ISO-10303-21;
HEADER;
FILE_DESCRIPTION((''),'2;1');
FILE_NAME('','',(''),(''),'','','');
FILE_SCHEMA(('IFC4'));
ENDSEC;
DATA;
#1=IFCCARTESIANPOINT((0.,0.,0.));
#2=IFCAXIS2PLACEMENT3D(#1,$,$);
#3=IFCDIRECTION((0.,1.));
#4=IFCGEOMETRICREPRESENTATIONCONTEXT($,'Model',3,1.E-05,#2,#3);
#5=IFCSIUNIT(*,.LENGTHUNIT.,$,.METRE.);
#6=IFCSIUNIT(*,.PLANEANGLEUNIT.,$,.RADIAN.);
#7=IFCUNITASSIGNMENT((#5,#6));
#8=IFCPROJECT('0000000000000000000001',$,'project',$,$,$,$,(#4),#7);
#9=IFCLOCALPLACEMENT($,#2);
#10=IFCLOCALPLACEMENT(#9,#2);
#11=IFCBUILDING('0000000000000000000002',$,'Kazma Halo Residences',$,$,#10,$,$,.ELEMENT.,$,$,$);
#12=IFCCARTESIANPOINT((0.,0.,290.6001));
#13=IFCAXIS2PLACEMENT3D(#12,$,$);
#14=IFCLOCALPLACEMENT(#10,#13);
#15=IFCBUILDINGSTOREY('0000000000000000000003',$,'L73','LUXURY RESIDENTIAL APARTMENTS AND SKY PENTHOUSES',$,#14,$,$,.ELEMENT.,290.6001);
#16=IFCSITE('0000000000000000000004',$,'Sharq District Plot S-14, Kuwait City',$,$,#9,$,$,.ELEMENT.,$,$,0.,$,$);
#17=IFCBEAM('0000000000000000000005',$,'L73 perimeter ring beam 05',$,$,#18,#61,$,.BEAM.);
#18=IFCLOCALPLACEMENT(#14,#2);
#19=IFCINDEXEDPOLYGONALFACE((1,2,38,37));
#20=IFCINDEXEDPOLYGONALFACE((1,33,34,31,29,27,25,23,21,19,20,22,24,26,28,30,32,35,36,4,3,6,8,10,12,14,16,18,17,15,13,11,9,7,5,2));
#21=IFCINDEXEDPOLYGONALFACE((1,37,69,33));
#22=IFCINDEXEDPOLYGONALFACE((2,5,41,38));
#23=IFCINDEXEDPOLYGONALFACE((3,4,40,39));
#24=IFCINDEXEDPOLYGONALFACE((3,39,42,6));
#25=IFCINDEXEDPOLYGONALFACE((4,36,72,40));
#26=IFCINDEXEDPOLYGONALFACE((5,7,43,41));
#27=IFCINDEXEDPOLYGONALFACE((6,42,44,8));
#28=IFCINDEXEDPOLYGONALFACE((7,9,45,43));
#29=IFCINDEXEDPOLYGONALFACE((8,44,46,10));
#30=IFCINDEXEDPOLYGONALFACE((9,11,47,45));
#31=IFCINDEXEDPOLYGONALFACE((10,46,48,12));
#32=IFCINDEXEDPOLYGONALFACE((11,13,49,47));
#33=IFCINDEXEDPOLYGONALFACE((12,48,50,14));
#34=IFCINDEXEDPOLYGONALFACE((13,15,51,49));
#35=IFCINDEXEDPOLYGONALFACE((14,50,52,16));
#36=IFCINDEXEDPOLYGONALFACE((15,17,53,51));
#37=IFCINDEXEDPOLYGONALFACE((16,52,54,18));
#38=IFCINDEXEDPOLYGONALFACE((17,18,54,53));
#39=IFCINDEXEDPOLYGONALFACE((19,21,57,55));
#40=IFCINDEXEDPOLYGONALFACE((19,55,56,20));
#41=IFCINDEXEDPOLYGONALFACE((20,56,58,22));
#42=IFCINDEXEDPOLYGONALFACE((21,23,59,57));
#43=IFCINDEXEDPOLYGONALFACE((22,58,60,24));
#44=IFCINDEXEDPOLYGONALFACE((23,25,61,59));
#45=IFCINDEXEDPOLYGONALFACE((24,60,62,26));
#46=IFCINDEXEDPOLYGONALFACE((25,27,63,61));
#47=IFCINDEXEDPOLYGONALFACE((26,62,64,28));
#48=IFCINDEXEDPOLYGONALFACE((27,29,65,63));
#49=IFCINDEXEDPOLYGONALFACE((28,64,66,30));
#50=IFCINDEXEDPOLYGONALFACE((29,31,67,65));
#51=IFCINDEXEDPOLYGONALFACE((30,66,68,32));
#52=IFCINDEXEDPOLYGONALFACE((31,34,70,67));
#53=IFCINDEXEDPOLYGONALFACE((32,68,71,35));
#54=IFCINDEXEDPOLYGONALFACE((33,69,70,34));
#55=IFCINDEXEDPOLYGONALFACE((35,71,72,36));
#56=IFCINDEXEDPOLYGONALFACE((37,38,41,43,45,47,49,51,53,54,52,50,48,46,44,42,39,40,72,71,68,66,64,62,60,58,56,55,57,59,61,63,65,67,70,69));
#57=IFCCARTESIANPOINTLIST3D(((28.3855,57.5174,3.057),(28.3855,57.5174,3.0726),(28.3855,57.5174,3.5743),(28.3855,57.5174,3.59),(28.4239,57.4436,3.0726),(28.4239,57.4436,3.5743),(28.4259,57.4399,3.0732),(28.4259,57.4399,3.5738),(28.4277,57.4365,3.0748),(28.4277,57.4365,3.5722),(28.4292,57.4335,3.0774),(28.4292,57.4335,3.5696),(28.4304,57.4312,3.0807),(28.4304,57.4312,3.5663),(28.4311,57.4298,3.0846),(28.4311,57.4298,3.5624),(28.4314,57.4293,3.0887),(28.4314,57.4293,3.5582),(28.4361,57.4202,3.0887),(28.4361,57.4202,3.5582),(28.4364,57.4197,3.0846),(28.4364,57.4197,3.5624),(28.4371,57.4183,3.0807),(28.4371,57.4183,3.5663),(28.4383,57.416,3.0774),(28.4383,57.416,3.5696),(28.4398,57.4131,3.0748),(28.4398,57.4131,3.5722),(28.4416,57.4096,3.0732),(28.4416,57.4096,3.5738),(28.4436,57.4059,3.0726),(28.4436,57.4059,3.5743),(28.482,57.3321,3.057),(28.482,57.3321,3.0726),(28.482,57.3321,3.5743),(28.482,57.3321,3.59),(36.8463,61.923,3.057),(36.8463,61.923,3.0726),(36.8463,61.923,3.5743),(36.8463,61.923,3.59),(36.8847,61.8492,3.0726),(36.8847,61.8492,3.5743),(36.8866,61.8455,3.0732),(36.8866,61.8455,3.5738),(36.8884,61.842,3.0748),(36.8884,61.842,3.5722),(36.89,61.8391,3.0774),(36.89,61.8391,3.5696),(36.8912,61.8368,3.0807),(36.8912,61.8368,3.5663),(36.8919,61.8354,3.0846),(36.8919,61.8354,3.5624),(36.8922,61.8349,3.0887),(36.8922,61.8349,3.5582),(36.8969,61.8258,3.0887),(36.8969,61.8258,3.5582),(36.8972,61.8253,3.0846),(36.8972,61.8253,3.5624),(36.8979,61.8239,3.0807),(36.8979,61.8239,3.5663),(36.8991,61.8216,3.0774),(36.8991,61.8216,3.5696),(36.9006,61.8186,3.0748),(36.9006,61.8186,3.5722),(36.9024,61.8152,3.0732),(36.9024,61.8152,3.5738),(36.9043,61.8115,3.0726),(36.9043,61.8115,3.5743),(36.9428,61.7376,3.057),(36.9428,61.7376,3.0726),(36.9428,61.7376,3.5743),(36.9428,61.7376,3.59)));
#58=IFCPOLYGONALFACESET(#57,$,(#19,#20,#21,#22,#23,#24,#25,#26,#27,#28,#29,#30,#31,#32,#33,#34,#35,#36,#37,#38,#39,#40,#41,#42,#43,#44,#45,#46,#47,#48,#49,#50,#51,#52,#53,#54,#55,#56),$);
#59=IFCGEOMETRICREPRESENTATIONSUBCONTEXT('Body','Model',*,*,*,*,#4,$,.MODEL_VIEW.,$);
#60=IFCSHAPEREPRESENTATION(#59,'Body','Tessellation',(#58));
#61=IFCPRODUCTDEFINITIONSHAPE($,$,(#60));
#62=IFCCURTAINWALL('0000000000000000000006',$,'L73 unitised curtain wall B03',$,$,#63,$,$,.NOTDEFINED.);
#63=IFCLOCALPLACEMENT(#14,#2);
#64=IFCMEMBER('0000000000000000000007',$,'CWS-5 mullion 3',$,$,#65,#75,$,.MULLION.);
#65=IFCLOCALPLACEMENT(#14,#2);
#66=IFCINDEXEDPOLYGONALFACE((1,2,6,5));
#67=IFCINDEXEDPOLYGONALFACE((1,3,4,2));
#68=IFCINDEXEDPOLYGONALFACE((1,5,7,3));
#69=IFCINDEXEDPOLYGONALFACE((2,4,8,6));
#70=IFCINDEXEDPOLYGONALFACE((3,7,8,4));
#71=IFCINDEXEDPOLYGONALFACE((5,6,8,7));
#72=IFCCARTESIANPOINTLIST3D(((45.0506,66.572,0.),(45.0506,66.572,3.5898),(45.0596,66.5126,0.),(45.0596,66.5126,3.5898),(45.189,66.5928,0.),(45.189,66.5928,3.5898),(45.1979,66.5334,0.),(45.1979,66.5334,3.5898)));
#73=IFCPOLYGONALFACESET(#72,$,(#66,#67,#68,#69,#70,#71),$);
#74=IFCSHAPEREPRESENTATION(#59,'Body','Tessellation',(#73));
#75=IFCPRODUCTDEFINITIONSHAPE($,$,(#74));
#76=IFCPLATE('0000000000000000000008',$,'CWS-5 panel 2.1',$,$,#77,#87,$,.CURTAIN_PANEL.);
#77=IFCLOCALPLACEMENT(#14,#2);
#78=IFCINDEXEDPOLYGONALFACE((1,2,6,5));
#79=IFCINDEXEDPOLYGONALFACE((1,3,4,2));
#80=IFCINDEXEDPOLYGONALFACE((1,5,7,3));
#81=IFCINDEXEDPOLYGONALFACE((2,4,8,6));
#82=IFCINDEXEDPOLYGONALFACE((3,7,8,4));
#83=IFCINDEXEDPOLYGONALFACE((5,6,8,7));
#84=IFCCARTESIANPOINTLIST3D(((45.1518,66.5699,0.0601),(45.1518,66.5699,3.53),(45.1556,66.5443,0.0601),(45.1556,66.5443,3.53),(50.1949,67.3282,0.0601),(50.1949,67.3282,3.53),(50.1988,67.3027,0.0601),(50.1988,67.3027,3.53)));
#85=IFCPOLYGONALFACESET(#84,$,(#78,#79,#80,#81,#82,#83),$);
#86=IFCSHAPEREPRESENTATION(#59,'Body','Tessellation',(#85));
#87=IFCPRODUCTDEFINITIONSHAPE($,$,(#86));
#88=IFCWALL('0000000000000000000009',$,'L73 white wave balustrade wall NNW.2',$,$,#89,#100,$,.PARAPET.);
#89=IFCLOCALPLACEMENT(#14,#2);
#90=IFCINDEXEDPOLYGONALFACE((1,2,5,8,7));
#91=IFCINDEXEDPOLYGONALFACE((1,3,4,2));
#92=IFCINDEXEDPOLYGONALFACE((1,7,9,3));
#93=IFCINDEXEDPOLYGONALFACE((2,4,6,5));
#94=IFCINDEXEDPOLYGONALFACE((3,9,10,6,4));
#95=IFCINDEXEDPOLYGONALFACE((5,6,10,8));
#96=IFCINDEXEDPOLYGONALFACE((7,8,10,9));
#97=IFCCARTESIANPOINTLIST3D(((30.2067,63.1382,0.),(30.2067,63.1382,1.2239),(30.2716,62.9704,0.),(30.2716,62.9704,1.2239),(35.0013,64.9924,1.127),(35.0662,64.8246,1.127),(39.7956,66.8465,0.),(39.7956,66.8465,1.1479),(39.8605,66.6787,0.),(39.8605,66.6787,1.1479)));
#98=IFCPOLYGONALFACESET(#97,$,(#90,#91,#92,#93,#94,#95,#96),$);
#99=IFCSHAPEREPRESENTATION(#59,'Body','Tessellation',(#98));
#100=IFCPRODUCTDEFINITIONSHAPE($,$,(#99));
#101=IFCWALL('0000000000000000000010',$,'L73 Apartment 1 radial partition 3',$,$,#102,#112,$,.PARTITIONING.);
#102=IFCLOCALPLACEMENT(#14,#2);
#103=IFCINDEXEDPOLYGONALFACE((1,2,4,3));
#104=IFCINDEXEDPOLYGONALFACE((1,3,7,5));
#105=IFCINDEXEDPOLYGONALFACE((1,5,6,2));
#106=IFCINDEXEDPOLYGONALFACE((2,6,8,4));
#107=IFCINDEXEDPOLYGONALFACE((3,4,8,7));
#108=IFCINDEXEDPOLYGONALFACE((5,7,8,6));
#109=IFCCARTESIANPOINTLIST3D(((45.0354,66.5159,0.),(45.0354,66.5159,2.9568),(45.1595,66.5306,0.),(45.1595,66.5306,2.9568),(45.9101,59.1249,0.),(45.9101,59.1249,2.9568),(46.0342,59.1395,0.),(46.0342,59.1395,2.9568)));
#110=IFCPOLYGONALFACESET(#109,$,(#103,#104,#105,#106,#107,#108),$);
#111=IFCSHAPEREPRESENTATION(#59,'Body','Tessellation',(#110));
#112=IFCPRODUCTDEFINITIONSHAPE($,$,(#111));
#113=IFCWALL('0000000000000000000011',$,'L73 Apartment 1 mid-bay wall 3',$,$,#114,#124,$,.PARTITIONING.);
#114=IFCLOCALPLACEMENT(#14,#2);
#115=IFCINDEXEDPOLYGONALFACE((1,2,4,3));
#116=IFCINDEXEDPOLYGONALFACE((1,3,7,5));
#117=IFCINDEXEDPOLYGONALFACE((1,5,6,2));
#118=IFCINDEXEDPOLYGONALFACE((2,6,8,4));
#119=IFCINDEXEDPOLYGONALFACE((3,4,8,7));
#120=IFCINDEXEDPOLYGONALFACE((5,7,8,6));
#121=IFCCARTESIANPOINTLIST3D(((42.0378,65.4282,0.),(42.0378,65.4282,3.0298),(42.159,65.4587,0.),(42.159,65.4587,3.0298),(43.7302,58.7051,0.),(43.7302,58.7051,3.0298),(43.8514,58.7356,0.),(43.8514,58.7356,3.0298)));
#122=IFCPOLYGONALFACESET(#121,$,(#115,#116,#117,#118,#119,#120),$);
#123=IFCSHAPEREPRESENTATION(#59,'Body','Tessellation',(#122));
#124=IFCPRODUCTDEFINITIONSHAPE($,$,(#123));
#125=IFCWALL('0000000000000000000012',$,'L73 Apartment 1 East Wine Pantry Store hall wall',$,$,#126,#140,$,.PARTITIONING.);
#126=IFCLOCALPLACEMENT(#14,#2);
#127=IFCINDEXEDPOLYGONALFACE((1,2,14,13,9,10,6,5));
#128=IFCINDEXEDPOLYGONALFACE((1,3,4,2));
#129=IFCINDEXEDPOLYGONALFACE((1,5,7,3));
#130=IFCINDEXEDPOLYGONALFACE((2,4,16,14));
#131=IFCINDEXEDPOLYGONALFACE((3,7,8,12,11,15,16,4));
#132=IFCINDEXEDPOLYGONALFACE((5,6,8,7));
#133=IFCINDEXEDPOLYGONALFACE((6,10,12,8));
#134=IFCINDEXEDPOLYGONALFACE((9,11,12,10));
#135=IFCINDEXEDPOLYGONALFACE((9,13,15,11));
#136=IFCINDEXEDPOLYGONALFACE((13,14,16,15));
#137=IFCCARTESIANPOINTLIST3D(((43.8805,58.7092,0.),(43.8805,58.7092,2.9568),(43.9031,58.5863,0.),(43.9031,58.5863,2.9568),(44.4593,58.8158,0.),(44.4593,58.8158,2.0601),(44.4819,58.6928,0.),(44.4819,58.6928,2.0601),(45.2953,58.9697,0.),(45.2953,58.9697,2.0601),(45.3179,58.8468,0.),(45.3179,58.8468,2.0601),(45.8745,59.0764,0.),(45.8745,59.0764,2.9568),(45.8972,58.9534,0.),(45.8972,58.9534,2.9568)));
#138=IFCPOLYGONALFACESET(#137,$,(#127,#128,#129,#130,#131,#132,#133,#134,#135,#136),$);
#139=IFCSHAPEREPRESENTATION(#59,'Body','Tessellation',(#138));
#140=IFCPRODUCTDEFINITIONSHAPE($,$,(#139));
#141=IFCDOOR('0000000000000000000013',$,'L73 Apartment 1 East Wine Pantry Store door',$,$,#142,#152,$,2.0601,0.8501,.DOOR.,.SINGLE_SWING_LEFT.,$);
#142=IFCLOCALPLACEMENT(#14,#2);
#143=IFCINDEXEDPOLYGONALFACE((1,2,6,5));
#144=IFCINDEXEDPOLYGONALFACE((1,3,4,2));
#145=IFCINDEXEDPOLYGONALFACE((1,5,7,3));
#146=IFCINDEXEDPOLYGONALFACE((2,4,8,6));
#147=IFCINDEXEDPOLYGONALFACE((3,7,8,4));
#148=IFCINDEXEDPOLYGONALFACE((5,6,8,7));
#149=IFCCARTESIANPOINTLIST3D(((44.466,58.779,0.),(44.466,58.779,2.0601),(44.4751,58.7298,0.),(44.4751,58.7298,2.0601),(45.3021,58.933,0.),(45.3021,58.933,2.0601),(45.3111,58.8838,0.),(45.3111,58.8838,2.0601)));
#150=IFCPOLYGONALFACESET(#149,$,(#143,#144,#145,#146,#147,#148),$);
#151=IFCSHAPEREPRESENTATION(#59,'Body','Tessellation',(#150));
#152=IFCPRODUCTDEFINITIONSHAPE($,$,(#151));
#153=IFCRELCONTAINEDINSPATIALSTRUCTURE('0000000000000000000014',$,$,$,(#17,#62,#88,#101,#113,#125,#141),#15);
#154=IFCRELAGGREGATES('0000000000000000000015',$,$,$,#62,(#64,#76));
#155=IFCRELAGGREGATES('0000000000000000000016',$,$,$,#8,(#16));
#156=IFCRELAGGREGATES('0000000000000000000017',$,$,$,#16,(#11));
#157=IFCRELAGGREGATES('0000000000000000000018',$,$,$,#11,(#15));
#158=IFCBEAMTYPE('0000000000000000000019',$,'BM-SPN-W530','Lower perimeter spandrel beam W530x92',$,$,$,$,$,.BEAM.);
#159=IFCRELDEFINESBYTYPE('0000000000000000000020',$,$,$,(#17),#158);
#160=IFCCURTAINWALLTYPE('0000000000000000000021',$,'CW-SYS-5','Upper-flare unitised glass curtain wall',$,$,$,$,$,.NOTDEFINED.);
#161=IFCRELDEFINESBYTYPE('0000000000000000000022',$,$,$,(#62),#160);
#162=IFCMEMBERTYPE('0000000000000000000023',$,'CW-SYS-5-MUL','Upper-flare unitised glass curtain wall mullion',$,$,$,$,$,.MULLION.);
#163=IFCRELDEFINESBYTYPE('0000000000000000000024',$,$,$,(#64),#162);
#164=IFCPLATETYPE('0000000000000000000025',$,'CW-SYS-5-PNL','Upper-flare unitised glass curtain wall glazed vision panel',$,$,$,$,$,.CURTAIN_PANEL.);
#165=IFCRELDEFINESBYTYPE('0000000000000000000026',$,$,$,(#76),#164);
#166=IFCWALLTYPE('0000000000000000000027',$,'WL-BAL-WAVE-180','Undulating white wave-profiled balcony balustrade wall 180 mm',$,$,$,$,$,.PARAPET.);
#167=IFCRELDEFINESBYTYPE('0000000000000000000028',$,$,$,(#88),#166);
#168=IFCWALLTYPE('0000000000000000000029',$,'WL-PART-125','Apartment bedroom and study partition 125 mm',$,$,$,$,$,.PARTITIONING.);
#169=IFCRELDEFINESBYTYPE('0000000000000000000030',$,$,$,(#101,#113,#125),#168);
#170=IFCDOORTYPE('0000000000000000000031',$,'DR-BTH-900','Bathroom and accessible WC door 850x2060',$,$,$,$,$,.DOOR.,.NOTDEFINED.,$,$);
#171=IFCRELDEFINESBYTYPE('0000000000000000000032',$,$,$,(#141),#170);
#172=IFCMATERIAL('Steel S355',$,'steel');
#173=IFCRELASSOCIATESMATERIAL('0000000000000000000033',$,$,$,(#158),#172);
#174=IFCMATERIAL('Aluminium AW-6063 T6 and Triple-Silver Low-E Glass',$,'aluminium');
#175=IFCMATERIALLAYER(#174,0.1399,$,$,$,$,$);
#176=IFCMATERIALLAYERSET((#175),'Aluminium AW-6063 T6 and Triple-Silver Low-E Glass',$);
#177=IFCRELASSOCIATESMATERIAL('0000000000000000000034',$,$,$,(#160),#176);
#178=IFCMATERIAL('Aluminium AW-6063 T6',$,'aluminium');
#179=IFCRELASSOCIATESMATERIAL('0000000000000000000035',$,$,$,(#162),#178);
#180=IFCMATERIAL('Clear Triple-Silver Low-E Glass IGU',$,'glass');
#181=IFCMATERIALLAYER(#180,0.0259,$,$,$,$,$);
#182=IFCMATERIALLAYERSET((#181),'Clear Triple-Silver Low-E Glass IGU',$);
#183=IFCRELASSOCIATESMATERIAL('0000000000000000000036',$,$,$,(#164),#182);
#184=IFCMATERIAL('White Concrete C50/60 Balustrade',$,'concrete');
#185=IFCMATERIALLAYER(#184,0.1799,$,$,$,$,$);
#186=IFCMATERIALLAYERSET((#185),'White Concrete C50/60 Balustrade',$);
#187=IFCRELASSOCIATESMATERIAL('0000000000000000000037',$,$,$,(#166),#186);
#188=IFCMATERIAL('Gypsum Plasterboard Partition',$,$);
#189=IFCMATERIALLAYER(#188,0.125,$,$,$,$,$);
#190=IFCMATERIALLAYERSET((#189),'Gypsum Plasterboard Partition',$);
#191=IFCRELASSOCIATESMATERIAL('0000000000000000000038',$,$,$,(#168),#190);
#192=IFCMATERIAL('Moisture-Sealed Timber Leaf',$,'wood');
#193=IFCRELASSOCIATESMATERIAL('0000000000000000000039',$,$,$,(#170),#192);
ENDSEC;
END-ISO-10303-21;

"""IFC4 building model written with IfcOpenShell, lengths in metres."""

from ifc_helpers import new_model, si_unit, direction, frame, frame_2d, origin, origin_2d, place, context, subcontext, project, spatial, polyline, rectangle, i_section, outline, extrude, material, layer, layer_set, material_profile, profile_set, type_object, element, fill, aggregate, save


model = new_model("IFC4")

# Units and contexts
model_context = context("Model", 3, precision=1e-05, world=origin(), true_north=direction((0.0, 1.0)))
body_context = subcontext(model_context, "Body", "Model", "MODEL_VIEW")
ifc_project = project(units=[si_unit("LENGTHUNIT", "METRE"), si_unit("PLANEANGLEUNIT", "RADIAN")], contexts=[model_context])

# Site, building, storey
site_placement = place(None, origin())
site = spatial("IfcSite", under=ifc_project, at=site_placement, Name="Sharq District Plot S-14, Kuwait City", CompositionType="ELEMENT", RefElevation=0.0)
building_placement = place(site_placement, origin())
building = spatial("IfcBuilding", under=site, at=building_placement, Name="Kazma Halo Residences", CompositionType="ELEMENT")
storey_placement = place(building_placement, frame((0.0, 0.0, 290.6001)))
storey = spatial("IfcBuildingStorey", under=building, at=storey_placement, Name="L73", Description="LUXURY RESIDENTIAL APARTMENTS AND SKY PENTHOUSES", CompositionType="ELEMENT", Elevation=290.6001)

# Beam
ifc_material_1 = material(Name="Steel S355", Category="steel")
ifc_material_profile_1 = material_profile(ifc_material_1, i_section(OverallWidth=0.209, OverallDepth=0.533, WebThickness=0.0103, FlangeThickness=0.0156, FilletRadius=0.0161, at=origin_2d()), Name="W530x92")
ifc_profile_set_1 = profile_set([ifc_material_profile_1], Name="Steel S355")
beam_type_1 = type_object("IfcBeamType", Name="BM-SPN-W530", Description="Lower perimeter spandrel beam W530x92", PredefinedType="BEAM", material=ifc_profile_set_1)
beam_1_placement = place(storey_placement, frame((36.8945, 61.8303, 3.3235), z_axis=(-0.886961, -0.461844, 0.0), x_axis=(0.461844, -0.886961, 0.0)))
element("IfcBeam", 1, at=beam_1_placement, inside=storey, type_object=beam_type_1, Name="L73 perimeter ring beam 05", PredefinedType="BEAM", context=body_context, shape_type="SweptSolid", body=[
    extrude(i_section(OverallWidth=0.209, OverallDepth=0.533, WebThickness=0.0103, FlangeThickness=0.0156, FilletRadius=0.0161, at=origin_2d()), origin(), (0.0, 0.0, 1.0), 9.5391),
])

# Curtain wall, member, plate
ifc_material_2 = material(Name="Aluminium AW-6063 T6 and Triple-Silver Low-E Glass", Category="aluminium")
ifc_layer_1 = layer(ifc_material_2, 0.1399)
ifc_layer_set_1 = layer_set([ifc_layer_1], Name="Aluminium AW-6063 T6 and Triple-Silver Low-E Glass")
curtain_wall_type = type_object("IfcCurtainWallType", Name="CW-SYS-5", Description="Upper-flare unitised glass curtain wall", PredefinedType="NOTDEFINED", material=ifc_layer_set_1)
curtain_wall_placement = place(storey_placement, origin())
curtain_wall = element("IfcCurtainWall", 2, at=curtain_wall_placement, inside=storey, type_object=curtain_wall_type, Name="L73 unitised curtain wall B03", PredefinedType="NOTDEFINED")
ifc_material_3 = material(Name="Aluminium AW-6063 T6", Category="aluminium")
ifc_material_profile_2 = material_profile(ifc_material_3, rectangle(XDim=0.0601, YDim=0.1399, at=origin_2d()), Name="CWM-60x140")
ifc_profile_set_2 = profile_set([ifc_material_profile_2], Name="Aluminium AW-6063 T6")
member_type = type_object("IfcMemberType", Name="CW-SYS-5-MUL", Description="Upper-flare unitised glass curtain wall mullion", PredefinedType="MULLION", material=ifc_profile_set_2)
member_placement = place(storey_placement, frame((45.1243, 66.5527, 0.0), z_axis=(0.0, 0.0, 1.0), x_axis=(0.148697, -0.988883, 0.0)))
member = element("IfcMember", 3, at=member_placement, type_object=member_type, Name="CWS-5 mullion 3", PredefinedType="MULLION", context=body_context, shape_type="SweptSolid", body=[
    extrude(rectangle(XDim=0.0601, YDim=0.1399, at=origin_2d()), origin(), (0.0, 0.0, 1.0), 3.5898),
])
ifc_material_4 = material(Name="Clear Triple-Silver Low-E Glass IGU", Category="glass")
ifc_layer_2 = layer(ifc_material_4, 0.0259)
ifc_layer_set_2 = layer_set([ifc_layer_2], Name="Clear Triple-Silver Low-E Glass IGU")
plate_type = type_object("IfcPlateType", Name="CW-SYS-5-PNL", Description="Upper-flare unitised glass curtain wall glazed vision panel", PredefinedType="CURTAIN_PANEL", material=ifc_layer_set_2)
plate_placement = place(storey_placement, frame((47.6753, 66.9363, 0.0601), z_axis=(0.0, 0.0, 1.0), x_axis=(-0.988883, -0.148697, 0.0)))
plate = element("IfcPlate", 4, at=plate_placement, type_object=plate_type, Name="CWS-5 panel 2.1", PredefinedType="CURTAIN_PANEL", context=body_context, shape_type="SweptSolid", body=[
    extrude(rectangle(XDim=5.0999, YDim=0.0259, at=origin_2d()), origin(), (0.0, 0.0, 1.0), 3.47),
])
aggregate(curtain_wall, [member, plate])

# Wall
ifc_material_5 = material(Name="White Concrete C50/60 Balustrade", Category="concrete")
ifc_layer_3 = layer(ifc_material_5, 0.1799)
ifc_layer_set_3 = layer_set([ifc_layer_3], Name="White Concrete C50/60 Balustrade")
wall_type_1 = type_object("IfcWallType", Name="WL-BAL-WAVE-180", Description="Undulating white wave-profiled balcony balustrade wall 180 mm", PredefinedType="PARAPET", material=ifc_layer_set_3)
wall_1_placement = place(storey_placement, frame((39.8281, 66.7625, 0.0), z_axis=(0.0, 0.0, 1.0), x_axis=(-0.932685, -0.360692, 0.0)))
element("IfcWall", 5, at=wall_1_placement, inside=storey, type_object=wall_type_1, Name="L73 white wave balustrade wall NNW.2", PredefinedType="PARAPET", context=body_context, shape_type="SweptSolid", body=[
    extrude(outline(polyline([(0.0, 0.0), (10.281, 0.0), (10.281, 1.2239), (5.1404, 1.127), (0.0, 1.1479), (0.0, 0.0)])), frame((0.0, 0.0898, 0.0), z_axis=(0.0, -1.0, 0.0), x_axis=(1.0, 0.0, 0.0)), (0.0, 0.0, 1.0), 0.1799),
])

# Walls
ifc_material_6 = material(Name="Gypsum Plasterboard Partition")
ifc_layer_4 = layer(ifc_material_6, 0.125)
ifc_layer_set_4 = layer_set([ifc_layer_4], Name="Gypsum Plasterboard Partition")
wall_type_2 = type_object("IfcWallType", Name="WL-PART-125", Description="Apartment bedroom and study partition 125 mm", PredefinedType="PARTITIONING", material=ifc_layer_set_4)
wall_2_placement = place(storey_placement, frame((45.9722, 59.1323, 0.0), z_axis=(0.0, 0.0, 1.0), x_axis=(-0.117532, 0.993069, 0.0)))
element("IfcWall", 6, at=wall_2_placement, inside=storey, type_object=wall_type_2, Name="L73 Apartment 1 radial partition 3", PredefinedType="PARTITIONING", context=body_context, shape_type="SweptSolid", body=[
    extrude(rectangle(XDim=7.4426, YDim=0.125, at=frame_2d((3.7212, 0.0))), origin(), (0.0, 0.0, 1.0), 2.9568),
])
wall_3_placement = place(storey_placement, frame((43.7908, 58.7205, 0.0), z_axis=(0.0, 0.0, 1.0), x_axis=(-0.24411, 0.969748, 0.0)))
element("IfcWall", 7, at=wall_3_placement, inside=storey, type_object=wall_type_2, Name="L73 Apartment 1 mid-bay wall 3", PredefinedType="PARTITIONING", context=body_context, shape_type="SweptSolid", body=[
    extrude(rectangle(XDim=6.9329, YDim=0.125, at=frame_2d((3.4663, 0.0))), origin(), (0.0, 0.0, 1.0), 3.0298),
])

# Wall, opening, door
wall_4_placement = place(storey_placement, frame((45.8857, 59.0149, 0.0), z_axis=(0.0, 0.0, 1.0), x_axis=(-0.983467, -0.181089, 0.0)))
wall_4 = element("IfcWall", 8, at=wall_4_placement, inside=storey, type_object=wall_type_2, Name="L73 Apartment 1 East Wine Pantry Store hall wall", PredefinedType="PARTITIONING", context=body_context, shape_type="SweptSolid", body=[
    extrude(rectangle(XDim=2.0276, YDim=0.125, at=frame_2d((1.0137, 0.0))), origin(), (0.0, 0.0, 1.0), 2.9568),
])
opening_1_placement = place(wall_4_placement, frame((0.5889, 0.0, 0.0)))
opening_1 = element("IfcOpeningElement", 9, at=opening_1_placement, cuts=wall_4, PredefinedType="OPENING", context=body_context, shape_type="SweptSolid", body=[
    extrude(rectangle(XDim=0.8501, YDim=2.0601, at=frame_2d((0.425, 1.03))), frame((0.0, 0.0725, 0.0), z_axis=(0.0, -1.0, 0.0), x_axis=(1.0, 0.0, 0.0)), (0.0, 0.0, 1.0), 0.145),
])
ifc_material_7 = material(Name="Moisture-Sealed Timber Leaf", Category="wood")
door_type_1 = type_object("IfcDoorType", Name="DR-BTH-900", Description="Bathroom and accessible WC door 850x2060", OperationType="NOTDEFINED", PredefinedType="DOOR", material=ifc_material_7)
door_1_placement = place(opening_1_placement, origin())
door_1 = element("IfcDoor", 10, at=door_1_placement, inside=storey, type_object=door_type_1, Name="L73 Apartment 1 East Wine Pantry Store door", OperationType="SINGLE_SWING_LEFT", OverallHeight=2.0601, OverallWidth=0.8501, PredefinedType="DOOR", context=body_context, shape_type="SweptSolid", body=[
    extrude(rectangle(XDim=0.8501, YDim=2.0601, at=frame_2d((0.425, 1.03))), frame((0.0, 0.0249, 0.0), z_axis=(0.0, -1.0, 0.0), x_axis=(1.0, 0.0, 0.0)), (0.0, 0.0, 1.0), 0.05),
])
fill(opening_1, door_1)

save(model, "model.ifc")
